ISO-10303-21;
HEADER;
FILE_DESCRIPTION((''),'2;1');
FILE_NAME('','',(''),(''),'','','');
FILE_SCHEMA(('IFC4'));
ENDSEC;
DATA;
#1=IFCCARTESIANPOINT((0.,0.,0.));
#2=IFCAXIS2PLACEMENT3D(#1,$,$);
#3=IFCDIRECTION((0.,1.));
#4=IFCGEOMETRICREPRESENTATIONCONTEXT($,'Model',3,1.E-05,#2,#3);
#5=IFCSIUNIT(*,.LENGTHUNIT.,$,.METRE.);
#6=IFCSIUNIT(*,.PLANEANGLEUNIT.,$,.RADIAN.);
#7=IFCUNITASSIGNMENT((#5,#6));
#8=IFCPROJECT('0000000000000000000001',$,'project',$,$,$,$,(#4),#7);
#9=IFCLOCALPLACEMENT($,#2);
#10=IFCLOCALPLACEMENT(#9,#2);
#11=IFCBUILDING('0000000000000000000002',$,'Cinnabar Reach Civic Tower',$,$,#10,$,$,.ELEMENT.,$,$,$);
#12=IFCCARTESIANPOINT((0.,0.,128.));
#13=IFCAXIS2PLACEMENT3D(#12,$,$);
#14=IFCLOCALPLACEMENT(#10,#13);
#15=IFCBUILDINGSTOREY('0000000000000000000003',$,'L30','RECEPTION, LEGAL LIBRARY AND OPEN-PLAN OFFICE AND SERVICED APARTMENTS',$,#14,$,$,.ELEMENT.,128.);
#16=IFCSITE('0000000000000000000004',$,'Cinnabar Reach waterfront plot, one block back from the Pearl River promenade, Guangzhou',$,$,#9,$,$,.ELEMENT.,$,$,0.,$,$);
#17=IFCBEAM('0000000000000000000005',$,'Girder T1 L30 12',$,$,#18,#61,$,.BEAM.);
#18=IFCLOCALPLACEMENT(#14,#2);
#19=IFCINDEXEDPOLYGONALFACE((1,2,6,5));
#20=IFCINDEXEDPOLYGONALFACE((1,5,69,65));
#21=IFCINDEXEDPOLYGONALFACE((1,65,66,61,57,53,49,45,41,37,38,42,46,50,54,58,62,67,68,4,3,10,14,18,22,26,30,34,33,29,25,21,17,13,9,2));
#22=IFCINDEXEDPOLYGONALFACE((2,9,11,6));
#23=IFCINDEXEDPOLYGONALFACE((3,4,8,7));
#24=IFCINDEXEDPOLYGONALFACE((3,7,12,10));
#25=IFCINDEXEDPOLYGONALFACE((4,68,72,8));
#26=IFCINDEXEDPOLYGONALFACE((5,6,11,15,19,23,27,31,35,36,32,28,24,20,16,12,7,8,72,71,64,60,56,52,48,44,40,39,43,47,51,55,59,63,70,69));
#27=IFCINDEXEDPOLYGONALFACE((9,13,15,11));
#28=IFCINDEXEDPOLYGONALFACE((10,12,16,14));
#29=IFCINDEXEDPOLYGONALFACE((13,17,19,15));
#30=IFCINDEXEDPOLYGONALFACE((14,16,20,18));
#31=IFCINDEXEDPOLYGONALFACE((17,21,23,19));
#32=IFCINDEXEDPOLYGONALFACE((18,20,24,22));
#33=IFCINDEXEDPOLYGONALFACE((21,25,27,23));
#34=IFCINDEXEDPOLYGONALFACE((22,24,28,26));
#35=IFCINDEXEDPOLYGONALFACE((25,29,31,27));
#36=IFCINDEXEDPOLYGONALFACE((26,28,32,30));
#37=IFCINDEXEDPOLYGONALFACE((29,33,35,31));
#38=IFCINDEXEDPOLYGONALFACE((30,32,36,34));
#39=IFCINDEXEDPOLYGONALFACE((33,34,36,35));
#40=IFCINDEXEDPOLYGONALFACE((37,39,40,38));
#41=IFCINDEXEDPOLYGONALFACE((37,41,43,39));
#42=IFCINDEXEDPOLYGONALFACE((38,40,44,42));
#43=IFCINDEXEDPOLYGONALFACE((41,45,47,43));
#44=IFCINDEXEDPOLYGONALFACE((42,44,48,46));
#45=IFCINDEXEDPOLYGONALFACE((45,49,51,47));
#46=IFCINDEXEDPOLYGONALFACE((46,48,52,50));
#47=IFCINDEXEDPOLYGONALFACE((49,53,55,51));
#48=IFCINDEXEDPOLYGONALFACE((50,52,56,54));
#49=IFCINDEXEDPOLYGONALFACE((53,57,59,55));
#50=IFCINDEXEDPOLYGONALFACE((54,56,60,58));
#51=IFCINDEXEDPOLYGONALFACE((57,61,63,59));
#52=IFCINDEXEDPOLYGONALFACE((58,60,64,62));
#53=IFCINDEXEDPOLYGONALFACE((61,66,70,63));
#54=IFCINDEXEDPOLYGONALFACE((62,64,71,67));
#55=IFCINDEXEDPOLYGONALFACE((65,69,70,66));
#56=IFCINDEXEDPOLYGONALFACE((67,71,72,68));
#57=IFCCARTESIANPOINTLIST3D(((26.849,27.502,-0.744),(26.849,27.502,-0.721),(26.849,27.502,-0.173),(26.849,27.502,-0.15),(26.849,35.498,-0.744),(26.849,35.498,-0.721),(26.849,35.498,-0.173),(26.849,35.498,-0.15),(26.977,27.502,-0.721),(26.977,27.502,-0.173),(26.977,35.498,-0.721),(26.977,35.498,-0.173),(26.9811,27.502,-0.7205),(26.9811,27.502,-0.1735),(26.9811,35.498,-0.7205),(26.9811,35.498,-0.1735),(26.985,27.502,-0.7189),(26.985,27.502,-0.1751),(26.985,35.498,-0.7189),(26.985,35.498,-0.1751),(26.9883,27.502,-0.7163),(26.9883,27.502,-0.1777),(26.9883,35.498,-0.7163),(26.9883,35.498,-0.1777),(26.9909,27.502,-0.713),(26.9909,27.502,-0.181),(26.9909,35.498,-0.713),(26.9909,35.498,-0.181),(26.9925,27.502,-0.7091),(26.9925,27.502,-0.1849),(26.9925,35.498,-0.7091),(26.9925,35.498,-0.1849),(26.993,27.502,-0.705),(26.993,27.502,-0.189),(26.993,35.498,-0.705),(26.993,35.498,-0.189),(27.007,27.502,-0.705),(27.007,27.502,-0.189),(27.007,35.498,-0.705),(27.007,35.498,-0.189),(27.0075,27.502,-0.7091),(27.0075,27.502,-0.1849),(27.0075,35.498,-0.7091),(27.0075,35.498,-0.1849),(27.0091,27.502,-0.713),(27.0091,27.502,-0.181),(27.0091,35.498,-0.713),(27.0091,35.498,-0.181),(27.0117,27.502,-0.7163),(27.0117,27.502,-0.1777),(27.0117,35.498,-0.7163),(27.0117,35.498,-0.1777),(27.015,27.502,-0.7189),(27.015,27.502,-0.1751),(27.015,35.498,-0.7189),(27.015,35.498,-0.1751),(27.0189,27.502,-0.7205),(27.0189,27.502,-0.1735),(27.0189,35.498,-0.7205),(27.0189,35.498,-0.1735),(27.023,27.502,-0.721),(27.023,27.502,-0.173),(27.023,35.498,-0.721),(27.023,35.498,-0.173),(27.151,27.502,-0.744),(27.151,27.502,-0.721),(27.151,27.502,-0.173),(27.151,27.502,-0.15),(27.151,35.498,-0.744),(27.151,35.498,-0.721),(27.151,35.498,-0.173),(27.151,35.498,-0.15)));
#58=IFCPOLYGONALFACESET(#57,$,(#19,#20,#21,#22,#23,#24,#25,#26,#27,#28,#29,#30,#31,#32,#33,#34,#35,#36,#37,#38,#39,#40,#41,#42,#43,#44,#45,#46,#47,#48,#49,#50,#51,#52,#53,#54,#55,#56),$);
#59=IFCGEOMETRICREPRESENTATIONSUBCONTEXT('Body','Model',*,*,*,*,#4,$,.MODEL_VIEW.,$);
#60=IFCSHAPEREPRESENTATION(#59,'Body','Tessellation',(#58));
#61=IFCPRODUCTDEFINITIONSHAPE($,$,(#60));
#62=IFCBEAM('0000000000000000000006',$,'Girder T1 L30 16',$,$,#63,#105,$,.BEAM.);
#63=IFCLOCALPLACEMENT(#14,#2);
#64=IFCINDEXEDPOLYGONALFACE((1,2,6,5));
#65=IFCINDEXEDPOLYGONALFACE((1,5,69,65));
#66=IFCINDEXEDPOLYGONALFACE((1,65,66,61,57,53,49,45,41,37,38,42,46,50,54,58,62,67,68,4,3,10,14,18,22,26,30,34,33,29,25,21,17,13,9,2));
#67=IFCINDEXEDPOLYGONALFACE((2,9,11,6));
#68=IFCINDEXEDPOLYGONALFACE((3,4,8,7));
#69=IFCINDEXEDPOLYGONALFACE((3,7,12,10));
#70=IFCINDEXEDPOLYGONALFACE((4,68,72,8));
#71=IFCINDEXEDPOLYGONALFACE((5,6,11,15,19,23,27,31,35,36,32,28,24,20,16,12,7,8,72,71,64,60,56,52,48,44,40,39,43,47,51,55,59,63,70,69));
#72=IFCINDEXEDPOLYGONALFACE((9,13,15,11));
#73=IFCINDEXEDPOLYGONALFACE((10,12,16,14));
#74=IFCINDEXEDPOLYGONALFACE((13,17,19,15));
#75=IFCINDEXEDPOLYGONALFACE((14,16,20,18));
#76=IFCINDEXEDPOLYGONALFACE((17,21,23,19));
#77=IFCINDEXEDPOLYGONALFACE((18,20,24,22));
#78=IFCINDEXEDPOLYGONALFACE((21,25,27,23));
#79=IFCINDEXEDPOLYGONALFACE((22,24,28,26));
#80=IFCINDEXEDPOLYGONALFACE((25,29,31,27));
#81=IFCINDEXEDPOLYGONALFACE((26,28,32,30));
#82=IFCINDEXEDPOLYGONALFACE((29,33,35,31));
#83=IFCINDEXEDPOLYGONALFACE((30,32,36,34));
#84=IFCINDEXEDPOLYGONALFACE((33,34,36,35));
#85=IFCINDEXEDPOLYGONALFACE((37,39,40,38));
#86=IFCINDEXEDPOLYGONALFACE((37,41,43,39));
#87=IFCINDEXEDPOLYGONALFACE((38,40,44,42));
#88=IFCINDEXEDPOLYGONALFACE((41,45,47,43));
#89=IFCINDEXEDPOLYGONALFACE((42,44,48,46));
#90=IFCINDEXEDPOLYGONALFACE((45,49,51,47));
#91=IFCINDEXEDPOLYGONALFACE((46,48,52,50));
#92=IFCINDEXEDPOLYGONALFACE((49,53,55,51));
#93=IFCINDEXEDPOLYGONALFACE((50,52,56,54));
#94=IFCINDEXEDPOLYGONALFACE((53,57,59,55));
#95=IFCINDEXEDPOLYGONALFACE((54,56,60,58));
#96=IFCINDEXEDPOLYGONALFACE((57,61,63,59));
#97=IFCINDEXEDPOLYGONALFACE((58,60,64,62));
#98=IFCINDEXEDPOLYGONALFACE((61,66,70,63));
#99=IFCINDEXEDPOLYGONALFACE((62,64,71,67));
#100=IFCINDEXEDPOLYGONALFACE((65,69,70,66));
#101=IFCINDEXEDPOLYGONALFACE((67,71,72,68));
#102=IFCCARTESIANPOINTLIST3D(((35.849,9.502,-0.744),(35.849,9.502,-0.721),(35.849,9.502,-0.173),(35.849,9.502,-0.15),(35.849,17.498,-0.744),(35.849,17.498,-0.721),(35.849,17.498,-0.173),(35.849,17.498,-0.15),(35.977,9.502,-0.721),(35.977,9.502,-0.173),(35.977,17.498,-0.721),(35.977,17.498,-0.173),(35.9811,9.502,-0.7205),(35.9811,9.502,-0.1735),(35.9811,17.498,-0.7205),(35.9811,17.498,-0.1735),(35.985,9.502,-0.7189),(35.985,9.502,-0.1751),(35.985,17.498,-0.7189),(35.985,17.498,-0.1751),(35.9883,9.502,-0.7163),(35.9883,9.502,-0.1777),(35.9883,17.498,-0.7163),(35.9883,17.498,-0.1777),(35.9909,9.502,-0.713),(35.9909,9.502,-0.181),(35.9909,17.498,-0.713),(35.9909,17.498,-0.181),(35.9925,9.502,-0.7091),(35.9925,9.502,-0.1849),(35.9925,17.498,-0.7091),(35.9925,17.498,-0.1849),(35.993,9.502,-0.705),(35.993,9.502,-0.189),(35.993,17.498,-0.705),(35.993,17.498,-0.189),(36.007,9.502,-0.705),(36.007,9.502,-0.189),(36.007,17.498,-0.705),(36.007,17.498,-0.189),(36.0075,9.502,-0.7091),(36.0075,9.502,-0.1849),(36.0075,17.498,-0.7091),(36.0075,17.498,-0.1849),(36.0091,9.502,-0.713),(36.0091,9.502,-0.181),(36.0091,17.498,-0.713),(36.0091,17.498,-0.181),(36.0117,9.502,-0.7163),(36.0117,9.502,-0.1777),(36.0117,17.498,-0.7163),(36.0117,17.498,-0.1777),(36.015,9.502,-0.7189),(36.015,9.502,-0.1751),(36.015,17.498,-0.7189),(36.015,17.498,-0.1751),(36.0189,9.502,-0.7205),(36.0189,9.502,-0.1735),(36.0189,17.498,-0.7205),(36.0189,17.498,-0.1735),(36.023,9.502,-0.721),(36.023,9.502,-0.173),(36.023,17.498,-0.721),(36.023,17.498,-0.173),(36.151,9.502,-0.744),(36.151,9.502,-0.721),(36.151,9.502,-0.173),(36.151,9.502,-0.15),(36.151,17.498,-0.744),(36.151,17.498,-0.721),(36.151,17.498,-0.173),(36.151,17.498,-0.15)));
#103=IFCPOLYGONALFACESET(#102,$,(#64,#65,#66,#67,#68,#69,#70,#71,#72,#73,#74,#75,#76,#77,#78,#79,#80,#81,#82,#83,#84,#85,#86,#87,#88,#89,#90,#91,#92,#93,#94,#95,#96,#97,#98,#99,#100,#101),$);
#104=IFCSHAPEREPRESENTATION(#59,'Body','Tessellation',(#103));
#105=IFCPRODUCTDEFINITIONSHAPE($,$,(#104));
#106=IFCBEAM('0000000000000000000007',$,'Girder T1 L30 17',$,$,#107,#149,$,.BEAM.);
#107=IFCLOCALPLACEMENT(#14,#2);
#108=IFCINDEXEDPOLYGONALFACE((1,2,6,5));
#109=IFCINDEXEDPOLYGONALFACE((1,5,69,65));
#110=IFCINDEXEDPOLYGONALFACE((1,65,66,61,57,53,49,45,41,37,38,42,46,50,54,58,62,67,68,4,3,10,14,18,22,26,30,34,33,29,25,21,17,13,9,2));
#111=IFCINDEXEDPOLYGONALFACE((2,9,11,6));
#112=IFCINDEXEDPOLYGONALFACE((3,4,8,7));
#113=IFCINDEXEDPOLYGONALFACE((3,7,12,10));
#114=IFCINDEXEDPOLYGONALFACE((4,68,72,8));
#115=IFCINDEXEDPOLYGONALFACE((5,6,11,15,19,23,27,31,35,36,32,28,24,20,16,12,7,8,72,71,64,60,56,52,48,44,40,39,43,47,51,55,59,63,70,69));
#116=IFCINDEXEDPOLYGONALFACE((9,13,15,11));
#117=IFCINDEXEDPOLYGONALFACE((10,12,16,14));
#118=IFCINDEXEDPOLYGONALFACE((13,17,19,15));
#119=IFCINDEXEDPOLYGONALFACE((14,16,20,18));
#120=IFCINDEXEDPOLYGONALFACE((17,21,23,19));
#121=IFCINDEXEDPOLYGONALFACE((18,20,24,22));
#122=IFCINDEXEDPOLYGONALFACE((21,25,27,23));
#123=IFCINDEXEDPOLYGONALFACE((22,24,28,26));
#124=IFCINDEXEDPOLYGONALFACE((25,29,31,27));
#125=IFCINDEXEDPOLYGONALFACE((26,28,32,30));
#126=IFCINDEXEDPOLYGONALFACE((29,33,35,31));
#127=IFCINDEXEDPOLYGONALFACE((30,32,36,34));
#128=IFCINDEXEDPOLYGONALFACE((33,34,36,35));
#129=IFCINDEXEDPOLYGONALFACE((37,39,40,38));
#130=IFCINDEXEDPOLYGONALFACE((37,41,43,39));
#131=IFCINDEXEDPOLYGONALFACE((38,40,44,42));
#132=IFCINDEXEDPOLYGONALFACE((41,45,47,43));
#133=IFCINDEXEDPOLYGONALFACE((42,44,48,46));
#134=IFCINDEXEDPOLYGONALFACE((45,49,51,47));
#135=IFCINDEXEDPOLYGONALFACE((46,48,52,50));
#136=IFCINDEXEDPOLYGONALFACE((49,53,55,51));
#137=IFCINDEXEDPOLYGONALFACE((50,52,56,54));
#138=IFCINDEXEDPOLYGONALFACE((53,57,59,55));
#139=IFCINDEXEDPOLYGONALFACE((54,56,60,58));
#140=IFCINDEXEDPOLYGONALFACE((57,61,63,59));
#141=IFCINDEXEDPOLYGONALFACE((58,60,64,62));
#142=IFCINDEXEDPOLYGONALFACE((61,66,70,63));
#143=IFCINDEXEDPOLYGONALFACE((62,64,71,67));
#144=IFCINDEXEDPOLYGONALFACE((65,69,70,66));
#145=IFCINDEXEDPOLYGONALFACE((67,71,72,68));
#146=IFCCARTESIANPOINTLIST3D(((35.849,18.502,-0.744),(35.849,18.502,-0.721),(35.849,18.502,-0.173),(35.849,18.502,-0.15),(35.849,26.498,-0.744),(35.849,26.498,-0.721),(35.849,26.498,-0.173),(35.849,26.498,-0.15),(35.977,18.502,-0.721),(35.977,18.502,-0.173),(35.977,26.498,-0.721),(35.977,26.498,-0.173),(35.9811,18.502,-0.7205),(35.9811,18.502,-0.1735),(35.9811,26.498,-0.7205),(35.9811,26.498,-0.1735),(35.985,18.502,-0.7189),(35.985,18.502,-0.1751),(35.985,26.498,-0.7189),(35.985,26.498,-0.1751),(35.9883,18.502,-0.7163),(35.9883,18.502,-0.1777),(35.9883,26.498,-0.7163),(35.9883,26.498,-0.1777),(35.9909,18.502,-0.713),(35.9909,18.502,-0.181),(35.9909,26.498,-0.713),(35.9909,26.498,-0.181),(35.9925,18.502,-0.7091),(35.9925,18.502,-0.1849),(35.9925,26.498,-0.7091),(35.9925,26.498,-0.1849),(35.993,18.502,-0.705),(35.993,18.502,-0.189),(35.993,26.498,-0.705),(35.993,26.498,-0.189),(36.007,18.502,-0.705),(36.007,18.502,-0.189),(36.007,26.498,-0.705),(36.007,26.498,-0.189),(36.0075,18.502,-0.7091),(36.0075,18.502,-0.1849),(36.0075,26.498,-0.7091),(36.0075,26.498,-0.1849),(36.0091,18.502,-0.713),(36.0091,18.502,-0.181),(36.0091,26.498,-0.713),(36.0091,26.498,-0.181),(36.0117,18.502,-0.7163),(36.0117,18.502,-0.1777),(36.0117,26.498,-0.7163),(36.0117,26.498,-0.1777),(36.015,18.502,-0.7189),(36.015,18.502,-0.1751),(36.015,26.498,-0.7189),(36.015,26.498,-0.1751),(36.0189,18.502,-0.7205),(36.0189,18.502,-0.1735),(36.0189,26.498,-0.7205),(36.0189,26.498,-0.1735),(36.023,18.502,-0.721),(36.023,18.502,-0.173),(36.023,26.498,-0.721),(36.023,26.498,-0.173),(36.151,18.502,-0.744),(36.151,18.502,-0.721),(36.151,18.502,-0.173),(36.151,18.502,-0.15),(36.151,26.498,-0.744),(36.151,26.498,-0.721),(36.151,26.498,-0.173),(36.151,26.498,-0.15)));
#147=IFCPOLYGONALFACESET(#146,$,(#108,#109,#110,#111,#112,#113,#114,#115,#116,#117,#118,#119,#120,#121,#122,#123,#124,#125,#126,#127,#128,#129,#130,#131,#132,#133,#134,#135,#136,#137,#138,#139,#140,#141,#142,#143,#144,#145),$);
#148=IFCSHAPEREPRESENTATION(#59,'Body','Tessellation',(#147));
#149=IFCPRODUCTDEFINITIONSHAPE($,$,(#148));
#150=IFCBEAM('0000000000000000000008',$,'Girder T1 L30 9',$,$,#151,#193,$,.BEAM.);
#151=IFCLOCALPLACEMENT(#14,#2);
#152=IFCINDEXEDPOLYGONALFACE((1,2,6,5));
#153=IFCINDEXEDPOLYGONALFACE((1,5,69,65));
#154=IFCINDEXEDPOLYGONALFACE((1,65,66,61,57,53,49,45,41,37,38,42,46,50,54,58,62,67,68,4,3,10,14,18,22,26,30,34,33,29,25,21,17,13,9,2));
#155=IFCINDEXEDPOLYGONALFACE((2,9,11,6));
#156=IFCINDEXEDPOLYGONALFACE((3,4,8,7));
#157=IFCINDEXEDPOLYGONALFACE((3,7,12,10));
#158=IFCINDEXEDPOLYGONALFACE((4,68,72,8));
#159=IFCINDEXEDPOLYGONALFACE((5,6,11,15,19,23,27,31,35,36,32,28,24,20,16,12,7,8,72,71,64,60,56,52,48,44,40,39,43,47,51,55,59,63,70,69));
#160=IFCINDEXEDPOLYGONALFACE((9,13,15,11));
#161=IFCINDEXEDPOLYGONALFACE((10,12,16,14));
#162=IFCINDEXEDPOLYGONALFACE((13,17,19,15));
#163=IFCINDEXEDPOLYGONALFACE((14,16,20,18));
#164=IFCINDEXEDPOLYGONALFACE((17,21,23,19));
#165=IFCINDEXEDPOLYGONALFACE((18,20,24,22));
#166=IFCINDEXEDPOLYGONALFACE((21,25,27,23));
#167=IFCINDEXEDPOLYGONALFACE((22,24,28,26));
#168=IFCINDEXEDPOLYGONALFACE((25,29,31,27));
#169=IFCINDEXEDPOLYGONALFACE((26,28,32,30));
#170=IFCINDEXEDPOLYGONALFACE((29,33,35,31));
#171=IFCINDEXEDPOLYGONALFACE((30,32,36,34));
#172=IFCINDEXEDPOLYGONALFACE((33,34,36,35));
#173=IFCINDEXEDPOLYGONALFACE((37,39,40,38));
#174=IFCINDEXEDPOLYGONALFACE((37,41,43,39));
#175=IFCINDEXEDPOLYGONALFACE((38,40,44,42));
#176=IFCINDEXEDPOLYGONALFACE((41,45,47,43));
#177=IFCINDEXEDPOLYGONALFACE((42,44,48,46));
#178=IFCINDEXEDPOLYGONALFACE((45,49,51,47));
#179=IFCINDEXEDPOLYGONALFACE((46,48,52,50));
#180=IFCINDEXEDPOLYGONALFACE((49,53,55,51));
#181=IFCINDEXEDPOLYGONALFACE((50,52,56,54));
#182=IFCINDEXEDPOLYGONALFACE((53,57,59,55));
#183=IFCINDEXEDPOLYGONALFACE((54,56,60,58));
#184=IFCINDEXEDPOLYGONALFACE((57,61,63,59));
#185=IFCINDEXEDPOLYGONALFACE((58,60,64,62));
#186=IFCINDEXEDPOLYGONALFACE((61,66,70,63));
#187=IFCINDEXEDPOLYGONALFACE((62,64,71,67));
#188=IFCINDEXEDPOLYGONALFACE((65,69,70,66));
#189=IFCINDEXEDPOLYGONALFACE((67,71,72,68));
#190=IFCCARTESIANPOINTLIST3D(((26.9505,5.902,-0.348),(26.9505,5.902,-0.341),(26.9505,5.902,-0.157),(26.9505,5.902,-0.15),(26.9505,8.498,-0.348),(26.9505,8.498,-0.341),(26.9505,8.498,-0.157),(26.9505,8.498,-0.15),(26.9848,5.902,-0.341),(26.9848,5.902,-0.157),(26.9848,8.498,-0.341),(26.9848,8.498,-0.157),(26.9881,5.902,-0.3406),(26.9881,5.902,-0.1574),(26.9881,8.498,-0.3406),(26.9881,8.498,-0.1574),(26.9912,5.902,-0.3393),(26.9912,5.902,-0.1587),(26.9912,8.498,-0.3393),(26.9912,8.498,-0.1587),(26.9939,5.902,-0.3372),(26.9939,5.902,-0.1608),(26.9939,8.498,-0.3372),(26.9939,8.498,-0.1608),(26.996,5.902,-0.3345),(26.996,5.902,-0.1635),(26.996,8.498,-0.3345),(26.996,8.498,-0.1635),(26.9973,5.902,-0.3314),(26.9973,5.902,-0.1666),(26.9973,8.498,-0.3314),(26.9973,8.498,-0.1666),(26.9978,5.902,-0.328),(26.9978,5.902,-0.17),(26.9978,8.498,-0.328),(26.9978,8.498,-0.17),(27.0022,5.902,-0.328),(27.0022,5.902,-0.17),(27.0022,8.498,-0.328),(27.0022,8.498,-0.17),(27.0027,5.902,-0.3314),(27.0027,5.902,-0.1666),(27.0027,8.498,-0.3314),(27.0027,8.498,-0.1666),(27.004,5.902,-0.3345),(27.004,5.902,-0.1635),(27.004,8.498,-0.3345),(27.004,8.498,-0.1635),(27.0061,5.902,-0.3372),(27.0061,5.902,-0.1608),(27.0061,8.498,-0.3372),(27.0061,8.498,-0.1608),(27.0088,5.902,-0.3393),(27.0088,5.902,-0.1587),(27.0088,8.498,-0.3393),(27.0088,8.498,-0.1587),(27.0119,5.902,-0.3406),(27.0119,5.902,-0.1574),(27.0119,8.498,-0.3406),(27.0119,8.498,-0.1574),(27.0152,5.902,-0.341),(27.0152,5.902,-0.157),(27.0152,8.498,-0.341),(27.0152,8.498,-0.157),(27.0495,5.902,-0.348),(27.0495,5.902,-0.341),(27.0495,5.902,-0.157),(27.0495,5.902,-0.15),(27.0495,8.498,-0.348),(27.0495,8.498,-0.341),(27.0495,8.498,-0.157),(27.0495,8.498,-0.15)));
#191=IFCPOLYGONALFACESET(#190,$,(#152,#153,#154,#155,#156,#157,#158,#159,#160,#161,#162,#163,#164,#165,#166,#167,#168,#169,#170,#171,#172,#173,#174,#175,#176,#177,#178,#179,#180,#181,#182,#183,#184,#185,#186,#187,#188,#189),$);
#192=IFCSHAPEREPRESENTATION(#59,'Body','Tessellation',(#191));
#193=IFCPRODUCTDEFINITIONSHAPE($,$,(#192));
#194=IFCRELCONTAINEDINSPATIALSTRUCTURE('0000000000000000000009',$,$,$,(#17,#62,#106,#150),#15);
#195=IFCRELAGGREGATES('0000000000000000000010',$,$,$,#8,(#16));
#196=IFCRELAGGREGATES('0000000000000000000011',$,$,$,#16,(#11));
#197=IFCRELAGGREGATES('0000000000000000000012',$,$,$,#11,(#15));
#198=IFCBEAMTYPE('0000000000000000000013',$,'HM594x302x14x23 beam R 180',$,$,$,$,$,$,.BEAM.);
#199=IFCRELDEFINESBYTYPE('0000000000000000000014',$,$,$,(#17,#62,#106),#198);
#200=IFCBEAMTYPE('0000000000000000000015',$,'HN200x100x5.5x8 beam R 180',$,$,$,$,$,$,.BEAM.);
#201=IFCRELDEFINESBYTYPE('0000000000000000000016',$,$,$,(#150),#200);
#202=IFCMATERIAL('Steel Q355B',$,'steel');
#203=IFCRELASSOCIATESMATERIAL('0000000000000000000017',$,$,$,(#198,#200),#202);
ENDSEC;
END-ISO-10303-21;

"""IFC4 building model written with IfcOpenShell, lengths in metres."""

from ifc_helpers import new_model, si_unit, direction, frame, origin, origin_2d, place, context, subcontext, project, spatial, i_section, extrude, material, material_profile, profile_set, type_object, element, save


model = new_model("IFC4")

# Units and contexts
model_context = context("Model", 3, precision=1e-05, world=origin(), true_north=direction((0.0, 1.0)))
body_context = subcontext(model_context, "Body", "Model", "MODEL_VIEW")
ifc_project = project(units=[si_unit("LENGTHUNIT", "METRE"), si_unit("PLANEANGLEUNIT", "RADIAN")], contexts=[model_context])

# Site, building, storey
site_placement = place(None, origin())
site = spatial("IfcSite", under=ifc_project, at=site_placement, Name="Cinnabar Reach waterfront plot, one block back from the Pearl River promenade, Guangzhou", CompositionType="ELEMENT", RefElevation=0.0)
building_placement = place(site_placement, origin())
building = spatial("IfcBuilding", under=site, at=building_placement, Name="Cinnabar Reach Civic Tower", CompositionType="ELEMENT")
storey_placement = place(building_placement, frame((0.0, 0.0, 128.0)))
storey = spatial("IfcBuildingStorey", under=building, at=storey_placement, Name="L30", Description="RECEPTION, LEGAL LIBRARY AND OPEN-PLAN OFFICE AND SERVICED APARTMENTS", CompositionType="ELEMENT", Elevation=128.0)

# Beams
ifc_material_1 = material(Name="Steel Q355B", Category="steel")
ifc_material_profile_1 = material_profile(ifc_material_1, i_section(OverallWidth=0.302, OverallDepth=0.594, WebThickness=0.014, FlangeThickness=0.023, FilletRadius=0.016, at=origin_2d()), Name="HM594x302x14x23")
ifc_profile_set_1 = profile_set([ifc_material_profile_1], Name="Steel Q355B")
beam_type_1 = type_object("IfcBeamType", Name="HM594x302x14x23 beam R 180", PredefinedType="BEAM", material=ifc_profile_set_1)
for number, where, z_axis, x_axis, name in (
    (1, (27.0, 27.502, -0.447), (0.0, 1.0, 0.0), (-1.0, 0.0, 0.0), "Girder T1 L30 12"),
    (2, (36.0, 9.502, -0.447), (0.0, 1.0, 0.0), (-1.0, 0.0, 0.0), "Girder T1 L30 16"),
    (3, (36.0, 18.502, -0.447), (0.0, 1.0, 0.0), (-1.0, 0.0, 0.0), "Girder T1 L30 17"),
):
    element("IfcBeam", number, at=place(storey_placement, frame(where, z_axis=z_axis, x_axis=x_axis)), inside=storey, type_object=beam_type_1, Name=name, PredefinedType="BEAM", context=body_context, shape_type="SweptSolid", body=[
        extrude(i_section(OverallWidth=0.302, OverallDepth=0.594, WebThickness=0.014, FlangeThickness=0.023, FilletRadius=0.016, at=origin_2d()), origin(), (0.0, 0.0, 1.0), 7.996),
    ])
ifc_material_profile_2 = material_profile(ifc_material_1, i_section(OverallWidth=0.099, OverallDepth=0.198, WebThickness=0.0045, FlangeThickness=0.007, FilletRadius=0.013, at=origin_2d()), Name="HN200x100x5.5x8")
ifc_profile_set_2 = profile_set([ifc_material_profile_2], Name="Steel Q355B")
beam_type_2 = type_object("IfcBeamType", Name="HN200x100x5.5x8 beam R 180", PredefinedType="BEAM", material=ifc_profile_set_2)
for number, where, z_axis, x_axis, name in (
    (4, (27.0, 5.902, -0.249), (0.0, 1.0, 0.0), (-1.0, 0.0, 0.0), "Girder T1 L30 9"),
):
    element("IfcBeam", number, at=place(storey_placement, frame(where, z_axis=z_axis, x_axis=x_axis)), inside=storey, type_object=beam_type_2, Name=name, PredefinedType="BEAM", context=body_context, shape_type="SweptSolid", body=[
        extrude(i_section(OverallWidth=0.099, OverallDepth=0.198, WebThickness=0.0045, FlangeThickness=0.007, FilletRadius=0.013, at=origin_2d()), origin(), (0.0, 0.0, 1.0), 2.596),
    ])

save(model, "model.ifc")
